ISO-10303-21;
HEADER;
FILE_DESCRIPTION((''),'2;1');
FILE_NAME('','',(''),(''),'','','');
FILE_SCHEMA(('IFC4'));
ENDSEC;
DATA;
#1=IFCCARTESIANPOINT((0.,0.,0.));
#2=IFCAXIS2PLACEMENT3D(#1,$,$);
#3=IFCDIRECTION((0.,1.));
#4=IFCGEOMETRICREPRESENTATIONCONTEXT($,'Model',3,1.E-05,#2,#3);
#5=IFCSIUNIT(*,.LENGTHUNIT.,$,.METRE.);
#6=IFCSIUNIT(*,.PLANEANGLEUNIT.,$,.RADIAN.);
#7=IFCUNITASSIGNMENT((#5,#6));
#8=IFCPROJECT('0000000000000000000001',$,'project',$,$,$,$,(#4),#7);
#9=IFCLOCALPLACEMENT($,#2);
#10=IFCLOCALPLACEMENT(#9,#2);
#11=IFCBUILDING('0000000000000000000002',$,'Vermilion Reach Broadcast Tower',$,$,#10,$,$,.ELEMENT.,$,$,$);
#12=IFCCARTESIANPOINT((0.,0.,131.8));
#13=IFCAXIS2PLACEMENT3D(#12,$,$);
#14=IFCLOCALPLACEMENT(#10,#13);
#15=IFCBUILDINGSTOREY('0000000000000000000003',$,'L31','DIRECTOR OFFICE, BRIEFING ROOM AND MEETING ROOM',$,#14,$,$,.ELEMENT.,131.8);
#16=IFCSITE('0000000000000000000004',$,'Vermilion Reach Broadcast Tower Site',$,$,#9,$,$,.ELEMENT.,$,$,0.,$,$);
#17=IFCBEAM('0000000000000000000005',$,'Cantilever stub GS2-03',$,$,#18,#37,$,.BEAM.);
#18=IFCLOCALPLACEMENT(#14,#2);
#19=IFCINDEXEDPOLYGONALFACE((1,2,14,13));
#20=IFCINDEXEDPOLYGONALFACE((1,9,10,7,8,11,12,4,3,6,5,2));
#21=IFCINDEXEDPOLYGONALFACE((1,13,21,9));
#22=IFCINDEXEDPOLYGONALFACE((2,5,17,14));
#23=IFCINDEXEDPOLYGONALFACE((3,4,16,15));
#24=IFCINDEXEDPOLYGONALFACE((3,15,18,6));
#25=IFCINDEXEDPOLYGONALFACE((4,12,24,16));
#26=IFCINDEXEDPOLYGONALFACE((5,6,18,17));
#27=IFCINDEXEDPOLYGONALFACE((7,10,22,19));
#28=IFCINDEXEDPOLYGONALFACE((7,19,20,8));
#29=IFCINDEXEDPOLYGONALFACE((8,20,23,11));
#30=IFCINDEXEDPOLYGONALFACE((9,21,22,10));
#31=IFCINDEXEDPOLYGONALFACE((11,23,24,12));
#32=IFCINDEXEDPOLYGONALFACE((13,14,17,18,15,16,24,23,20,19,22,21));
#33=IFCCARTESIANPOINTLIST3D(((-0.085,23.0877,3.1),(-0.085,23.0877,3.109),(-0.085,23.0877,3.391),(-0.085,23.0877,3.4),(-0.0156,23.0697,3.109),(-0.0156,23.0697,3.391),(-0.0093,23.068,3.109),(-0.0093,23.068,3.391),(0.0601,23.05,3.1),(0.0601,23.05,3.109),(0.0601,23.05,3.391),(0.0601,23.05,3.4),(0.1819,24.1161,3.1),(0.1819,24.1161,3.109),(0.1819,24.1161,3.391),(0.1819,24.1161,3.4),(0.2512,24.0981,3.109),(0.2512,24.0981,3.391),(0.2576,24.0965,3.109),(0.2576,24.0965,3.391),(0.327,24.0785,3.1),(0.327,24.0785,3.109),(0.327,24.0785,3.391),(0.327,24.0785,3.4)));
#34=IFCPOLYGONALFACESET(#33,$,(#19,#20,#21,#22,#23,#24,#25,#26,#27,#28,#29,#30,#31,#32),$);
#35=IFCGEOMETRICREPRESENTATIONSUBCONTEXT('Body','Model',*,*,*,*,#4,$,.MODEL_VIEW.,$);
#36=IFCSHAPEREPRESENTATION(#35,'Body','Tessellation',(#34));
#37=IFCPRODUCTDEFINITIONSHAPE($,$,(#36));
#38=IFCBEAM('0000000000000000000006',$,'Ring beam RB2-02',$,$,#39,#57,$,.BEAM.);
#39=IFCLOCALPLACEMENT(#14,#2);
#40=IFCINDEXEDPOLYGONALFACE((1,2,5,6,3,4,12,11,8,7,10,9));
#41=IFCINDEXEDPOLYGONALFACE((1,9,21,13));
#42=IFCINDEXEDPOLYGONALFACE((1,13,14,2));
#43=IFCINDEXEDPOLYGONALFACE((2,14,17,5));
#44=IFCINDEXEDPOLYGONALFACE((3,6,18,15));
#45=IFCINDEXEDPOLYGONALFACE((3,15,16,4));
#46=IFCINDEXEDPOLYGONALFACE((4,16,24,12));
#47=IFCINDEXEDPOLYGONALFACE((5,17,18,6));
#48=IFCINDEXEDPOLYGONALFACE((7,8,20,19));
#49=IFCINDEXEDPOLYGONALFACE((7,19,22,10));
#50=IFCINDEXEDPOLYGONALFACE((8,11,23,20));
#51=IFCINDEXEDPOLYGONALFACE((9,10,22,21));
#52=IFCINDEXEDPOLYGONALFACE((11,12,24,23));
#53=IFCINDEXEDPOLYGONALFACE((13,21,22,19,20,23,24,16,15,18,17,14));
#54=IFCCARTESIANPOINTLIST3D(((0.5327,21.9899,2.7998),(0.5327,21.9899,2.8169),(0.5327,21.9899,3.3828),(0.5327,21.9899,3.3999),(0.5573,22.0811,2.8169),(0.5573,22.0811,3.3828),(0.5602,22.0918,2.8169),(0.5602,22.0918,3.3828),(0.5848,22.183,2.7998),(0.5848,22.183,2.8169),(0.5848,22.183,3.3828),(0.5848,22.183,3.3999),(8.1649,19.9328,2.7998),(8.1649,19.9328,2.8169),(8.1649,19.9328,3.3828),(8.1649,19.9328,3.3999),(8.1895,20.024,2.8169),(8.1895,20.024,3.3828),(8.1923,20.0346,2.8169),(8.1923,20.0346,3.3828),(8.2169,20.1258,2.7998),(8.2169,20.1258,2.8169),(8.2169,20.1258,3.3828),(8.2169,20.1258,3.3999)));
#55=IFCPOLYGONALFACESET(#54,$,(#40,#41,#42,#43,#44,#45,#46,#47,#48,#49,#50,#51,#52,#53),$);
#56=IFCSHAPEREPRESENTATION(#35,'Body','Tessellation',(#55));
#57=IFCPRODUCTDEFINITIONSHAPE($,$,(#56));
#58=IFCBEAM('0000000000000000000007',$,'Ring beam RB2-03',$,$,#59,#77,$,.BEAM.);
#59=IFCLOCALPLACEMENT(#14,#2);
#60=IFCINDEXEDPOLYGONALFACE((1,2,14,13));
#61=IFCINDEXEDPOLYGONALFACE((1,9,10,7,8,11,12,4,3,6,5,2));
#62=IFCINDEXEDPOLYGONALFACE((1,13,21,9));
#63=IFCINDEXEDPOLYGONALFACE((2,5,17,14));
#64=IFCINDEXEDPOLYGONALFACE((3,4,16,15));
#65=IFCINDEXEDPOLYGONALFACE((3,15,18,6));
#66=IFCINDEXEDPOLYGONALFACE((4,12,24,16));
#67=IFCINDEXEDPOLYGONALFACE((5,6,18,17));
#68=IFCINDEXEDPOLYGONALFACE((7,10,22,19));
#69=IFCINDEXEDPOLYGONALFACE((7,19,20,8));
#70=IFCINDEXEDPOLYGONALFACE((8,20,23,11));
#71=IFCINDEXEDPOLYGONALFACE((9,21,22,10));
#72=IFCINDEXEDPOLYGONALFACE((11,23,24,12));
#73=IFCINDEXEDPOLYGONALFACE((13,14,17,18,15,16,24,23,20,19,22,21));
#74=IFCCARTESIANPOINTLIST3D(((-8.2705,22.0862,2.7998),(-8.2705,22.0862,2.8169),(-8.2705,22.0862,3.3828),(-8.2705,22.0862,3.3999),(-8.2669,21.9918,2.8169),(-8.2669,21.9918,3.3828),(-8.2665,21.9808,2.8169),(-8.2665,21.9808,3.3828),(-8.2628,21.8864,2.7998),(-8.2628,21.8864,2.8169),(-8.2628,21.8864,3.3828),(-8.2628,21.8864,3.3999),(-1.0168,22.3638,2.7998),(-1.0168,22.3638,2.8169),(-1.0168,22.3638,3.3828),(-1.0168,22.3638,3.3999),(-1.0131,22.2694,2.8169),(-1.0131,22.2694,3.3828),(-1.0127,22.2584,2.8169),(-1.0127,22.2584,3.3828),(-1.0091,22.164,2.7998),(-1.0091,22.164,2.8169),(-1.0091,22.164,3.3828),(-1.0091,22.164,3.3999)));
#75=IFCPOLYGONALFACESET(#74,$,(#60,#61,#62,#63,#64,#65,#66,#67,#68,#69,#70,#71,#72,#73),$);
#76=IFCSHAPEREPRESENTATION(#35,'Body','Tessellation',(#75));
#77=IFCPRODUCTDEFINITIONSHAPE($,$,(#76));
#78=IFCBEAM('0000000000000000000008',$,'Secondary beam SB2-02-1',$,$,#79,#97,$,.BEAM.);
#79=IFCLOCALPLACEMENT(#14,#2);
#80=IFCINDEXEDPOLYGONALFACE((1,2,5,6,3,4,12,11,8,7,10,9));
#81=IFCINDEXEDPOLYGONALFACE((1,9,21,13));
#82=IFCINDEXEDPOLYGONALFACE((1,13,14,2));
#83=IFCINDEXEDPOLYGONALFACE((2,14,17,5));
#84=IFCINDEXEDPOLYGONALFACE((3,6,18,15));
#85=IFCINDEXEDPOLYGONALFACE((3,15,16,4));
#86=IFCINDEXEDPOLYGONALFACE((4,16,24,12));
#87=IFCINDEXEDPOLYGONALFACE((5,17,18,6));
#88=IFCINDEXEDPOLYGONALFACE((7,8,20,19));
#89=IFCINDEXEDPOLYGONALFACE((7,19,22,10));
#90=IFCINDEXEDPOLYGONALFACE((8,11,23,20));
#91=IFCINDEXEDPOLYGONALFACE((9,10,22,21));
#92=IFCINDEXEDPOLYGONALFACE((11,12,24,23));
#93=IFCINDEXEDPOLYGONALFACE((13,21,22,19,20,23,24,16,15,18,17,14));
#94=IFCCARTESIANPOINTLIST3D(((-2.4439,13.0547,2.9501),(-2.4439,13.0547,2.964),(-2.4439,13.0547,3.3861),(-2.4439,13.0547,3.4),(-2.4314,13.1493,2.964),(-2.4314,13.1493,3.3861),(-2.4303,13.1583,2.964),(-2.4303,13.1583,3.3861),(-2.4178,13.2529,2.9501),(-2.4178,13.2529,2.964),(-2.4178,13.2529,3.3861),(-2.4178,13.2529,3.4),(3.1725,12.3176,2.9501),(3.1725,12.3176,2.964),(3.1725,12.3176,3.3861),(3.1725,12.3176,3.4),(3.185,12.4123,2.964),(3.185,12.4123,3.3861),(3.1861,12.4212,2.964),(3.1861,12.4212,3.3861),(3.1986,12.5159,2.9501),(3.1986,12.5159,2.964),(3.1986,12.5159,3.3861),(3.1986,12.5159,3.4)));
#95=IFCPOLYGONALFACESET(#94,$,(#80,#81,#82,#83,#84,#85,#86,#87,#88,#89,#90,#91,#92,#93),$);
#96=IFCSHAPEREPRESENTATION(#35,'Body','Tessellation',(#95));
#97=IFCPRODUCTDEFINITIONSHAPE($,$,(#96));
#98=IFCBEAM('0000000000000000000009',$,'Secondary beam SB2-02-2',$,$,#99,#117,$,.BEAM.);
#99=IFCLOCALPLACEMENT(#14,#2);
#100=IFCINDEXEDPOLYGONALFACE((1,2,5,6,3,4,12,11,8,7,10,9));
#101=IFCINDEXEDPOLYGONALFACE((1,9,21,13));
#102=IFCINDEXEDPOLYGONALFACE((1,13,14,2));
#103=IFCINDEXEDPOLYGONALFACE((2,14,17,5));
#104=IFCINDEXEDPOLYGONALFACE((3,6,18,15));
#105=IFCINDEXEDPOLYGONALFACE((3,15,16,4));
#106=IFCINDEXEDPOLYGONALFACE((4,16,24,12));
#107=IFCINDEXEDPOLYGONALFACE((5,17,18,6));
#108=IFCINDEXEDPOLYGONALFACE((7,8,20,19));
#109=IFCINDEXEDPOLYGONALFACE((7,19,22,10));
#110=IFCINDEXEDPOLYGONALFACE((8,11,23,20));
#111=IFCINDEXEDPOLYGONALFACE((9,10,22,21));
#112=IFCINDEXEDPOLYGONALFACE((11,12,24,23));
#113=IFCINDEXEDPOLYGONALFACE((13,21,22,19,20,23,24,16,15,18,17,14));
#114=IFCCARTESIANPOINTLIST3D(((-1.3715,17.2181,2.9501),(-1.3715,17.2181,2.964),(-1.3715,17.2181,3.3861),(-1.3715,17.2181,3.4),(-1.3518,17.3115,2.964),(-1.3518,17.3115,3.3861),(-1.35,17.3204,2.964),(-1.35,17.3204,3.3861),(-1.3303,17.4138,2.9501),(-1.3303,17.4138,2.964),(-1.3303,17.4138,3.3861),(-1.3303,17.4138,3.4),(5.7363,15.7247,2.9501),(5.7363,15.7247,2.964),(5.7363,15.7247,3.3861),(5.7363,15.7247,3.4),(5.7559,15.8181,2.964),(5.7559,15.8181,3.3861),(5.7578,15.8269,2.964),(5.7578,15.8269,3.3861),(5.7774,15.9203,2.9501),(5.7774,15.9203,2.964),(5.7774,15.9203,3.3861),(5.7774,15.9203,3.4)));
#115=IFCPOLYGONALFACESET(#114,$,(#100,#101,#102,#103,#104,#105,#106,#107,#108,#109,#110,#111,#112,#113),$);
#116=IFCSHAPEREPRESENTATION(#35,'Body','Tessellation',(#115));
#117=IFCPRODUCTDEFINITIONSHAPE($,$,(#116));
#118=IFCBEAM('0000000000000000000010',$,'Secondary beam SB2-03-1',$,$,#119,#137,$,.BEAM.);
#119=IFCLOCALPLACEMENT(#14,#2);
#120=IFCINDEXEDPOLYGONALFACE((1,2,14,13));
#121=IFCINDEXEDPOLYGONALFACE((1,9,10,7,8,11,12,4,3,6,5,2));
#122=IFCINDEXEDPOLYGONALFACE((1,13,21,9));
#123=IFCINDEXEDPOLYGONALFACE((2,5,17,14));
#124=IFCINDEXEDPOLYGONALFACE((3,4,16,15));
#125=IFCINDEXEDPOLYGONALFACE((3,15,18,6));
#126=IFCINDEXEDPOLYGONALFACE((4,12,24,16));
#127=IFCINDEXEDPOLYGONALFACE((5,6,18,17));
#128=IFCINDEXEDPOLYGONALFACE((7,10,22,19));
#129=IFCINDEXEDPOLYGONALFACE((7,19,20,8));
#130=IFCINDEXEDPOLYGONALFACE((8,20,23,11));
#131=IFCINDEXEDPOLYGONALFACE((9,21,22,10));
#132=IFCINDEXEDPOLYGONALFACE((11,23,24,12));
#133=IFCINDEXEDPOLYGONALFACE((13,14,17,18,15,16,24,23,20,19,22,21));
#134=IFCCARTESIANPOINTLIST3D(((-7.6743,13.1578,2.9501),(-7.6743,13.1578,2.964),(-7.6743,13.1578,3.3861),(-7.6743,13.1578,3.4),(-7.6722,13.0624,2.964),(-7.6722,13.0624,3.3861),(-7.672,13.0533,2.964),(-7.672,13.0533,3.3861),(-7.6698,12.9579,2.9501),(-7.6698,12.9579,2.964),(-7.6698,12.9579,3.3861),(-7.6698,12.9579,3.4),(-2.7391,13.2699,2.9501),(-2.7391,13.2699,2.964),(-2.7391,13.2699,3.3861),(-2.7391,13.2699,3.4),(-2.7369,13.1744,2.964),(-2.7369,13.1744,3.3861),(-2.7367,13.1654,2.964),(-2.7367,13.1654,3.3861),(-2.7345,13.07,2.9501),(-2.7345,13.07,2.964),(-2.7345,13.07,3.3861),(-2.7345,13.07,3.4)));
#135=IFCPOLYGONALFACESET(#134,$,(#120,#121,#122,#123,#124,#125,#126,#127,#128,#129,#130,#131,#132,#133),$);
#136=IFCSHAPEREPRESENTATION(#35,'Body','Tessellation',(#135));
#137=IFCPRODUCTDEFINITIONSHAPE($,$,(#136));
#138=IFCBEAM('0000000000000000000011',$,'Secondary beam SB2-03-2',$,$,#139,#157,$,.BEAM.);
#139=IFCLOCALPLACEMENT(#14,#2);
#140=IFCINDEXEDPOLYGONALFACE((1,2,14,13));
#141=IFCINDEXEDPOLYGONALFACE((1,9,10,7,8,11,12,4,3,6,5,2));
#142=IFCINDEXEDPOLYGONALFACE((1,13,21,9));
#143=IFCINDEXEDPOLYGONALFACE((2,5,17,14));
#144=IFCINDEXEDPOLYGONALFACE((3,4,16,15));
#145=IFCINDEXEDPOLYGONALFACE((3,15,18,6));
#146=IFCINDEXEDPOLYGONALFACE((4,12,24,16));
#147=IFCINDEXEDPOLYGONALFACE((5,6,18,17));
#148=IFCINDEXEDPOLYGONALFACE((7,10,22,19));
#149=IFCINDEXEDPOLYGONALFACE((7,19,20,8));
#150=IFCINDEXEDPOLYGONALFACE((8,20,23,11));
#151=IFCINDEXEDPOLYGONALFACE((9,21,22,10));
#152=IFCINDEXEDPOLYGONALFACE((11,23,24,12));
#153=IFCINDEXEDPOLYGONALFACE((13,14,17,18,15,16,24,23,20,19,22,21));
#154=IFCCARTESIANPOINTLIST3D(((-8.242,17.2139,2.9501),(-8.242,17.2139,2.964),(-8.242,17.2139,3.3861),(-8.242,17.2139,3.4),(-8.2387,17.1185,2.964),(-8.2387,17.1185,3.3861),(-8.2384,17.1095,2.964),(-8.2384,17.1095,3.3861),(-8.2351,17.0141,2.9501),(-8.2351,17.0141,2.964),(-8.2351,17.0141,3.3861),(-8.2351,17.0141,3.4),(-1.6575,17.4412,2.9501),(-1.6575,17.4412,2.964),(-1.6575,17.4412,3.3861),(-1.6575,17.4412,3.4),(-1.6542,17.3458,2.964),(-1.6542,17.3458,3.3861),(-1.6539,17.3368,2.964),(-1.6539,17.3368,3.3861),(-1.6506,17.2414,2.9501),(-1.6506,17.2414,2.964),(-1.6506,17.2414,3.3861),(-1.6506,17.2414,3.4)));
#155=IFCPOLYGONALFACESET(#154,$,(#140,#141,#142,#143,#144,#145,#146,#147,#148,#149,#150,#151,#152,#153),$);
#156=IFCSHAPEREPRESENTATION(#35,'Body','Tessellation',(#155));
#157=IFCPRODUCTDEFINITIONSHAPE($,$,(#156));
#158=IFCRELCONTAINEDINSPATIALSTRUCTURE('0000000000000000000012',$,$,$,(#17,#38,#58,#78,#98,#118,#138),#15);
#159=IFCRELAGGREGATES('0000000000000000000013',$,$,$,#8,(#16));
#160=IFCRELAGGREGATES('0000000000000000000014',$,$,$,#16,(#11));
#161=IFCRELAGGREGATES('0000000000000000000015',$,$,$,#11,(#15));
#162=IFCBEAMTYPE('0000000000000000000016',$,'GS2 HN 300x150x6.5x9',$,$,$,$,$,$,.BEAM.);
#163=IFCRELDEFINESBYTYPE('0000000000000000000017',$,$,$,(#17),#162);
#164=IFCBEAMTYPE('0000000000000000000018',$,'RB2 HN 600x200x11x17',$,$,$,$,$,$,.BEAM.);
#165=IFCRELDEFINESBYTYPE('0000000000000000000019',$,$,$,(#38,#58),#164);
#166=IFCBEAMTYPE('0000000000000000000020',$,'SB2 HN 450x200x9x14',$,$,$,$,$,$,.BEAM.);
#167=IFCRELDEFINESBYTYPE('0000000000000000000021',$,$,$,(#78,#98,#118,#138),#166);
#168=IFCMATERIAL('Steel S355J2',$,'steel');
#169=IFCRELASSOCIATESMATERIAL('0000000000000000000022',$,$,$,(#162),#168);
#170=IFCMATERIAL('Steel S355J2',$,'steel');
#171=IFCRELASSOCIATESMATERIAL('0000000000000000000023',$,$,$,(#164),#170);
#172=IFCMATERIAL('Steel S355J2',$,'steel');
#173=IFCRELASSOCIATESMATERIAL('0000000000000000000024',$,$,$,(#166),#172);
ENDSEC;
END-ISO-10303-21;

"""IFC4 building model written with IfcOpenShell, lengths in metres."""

from ifc_helpers import new_model, si_unit, direction, frame, origin, origin_2d, place, context, subcontext, project, spatial, i_section, extrude, material, material_profile, profile_set, type_object, element, save


model = new_model("IFC4")

# Units and contexts
model_context = context("Model", 3, precision=1e-05, world=origin(), true_north=direction((0.0, 1.0)))
body_context = subcontext(model_context, "Body", "Model", "MODEL_VIEW")
ifc_project = project(units=[si_unit("LENGTHUNIT", "METRE"), si_unit("PLANEANGLEUNIT", "RADIAN")], contexts=[model_context])

# Site, building, storey
site_placement = place(None, origin())
site = spatial("IfcSite", under=ifc_project, at=site_placement, Name="Vermilion Reach Broadcast Tower Site", CompositionType="ELEMENT", RefElevation=0.0)
building_placement = place(site_placement, origin())
building = spatial("IfcBuilding", under=site, at=building_placement, Name="Vermilion Reach Broadcast Tower", CompositionType="ELEMENT")
storey_placement = place(building_placement, frame((0.0, 0.0, 131.8)))
storey = spatial("IfcBuildingStorey", under=building, at=storey_placement, Name="L31", Description="DIRECTOR OFFICE, BRIEFING ROOM AND MEETING ROOM", CompositionType="ELEMENT", Elevation=131.8)

# Beams
ifc_material_1 = material(Name="Steel S355J2", Category="steel")
ifc_material_profile_1 = material_profile(ifc_material_1, i_section(OverallWidth=0.1499, OverallDepth=0.3, WebThickness=0.0066, FlangeThickness=0.009, at=origin_2d()), Name="S355J2 HN 300x150x6.5x9")
ifc_profile_set_1 = profile_set([ifc_material_profile_1], Name="Steel S355J2")
beam_type_1 = type_object("IfcBeamType", Name="GS2 HN 300x150x6.5x9", PredefinedType="BEAM", material=ifc_profile_set_1)
beam_1_placement = place(storey_placement, frame((-0.0125, 23.0688, 3.25), z_axis=(0.251177, 0.967941, 0.0), x_axis=(-0.967941, 0.251177, 0.0)))
element("IfcBeam", 1, at=beam_1_placement, inside=storey, type_object=beam_type_1, Name="Cantilever stub GS2-03", PredefinedType="BEAM", context=body_context, shape_type="SweptSolid", body=[
    extrude(i_section(OverallWidth=0.1499, OverallDepth=0.3, WebThickness=0.0066, FlangeThickness=0.009, at=origin_2d()), origin(), (0.0, 0.0, 1.0), 1.0625),
])
ifc_material_2 = material(Name="Steel S355J2", Category="steel")
ifc_material_profile_2 = material_profile(ifc_material_2, i_section(OverallWidth=0.2, OverallDepth=0.6001, WebThickness=0.011, FlangeThickness=0.0171, at=origin_2d()), Name="S355J2 HN 600x200x11x17")
ifc_profile_set_2 = profile_set([ifc_material_profile_2], Name="Steel S355J2")
beam_type_2 = type_object("IfcBeamType", Name="RB2 HN 600x200x11x17", PredefinedType="BEAM", material=ifc_profile_set_2)
beam_2_placement = place(storey_placement, frame((8.1909, 20.0293, 3.0999), z_axis=(-0.965541, 0.260249, 0.0), x_axis=(-0.260249, -0.965541, 0.0)))
element("IfcBeam", 2, at=beam_2_placement, inside=storey, type_object=beam_type_2, Name="Ring beam RB2-02", PredefinedType="BEAM", context=body_context, shape_type="SweptSolid", body=[
    extrude(i_section(OverallWidth=0.2, OverallDepth=0.6001, WebThickness=0.011, FlangeThickness=0.0171, at=origin_2d()), origin(), (0.0, 0.0, 1.0), 7.9045),
])
beam_3_placement = place(storey_placement, frame((-1.0129, 22.2639, 3.0999), z_axis=(-0.999269, -0.038241, 0.0), x_axis=(0.038241, -0.999269, 0.0)))
element("IfcBeam", 3, at=beam_3_placement, inside=storey, type_object=beam_type_2, Name="Ring beam RB2-03", PredefinedType="BEAM", context=body_context, shape_type="SweptSolid", body=[
    extrude(i_section(OverallWidth=0.2, OverallDepth=0.6001, WebThickness=0.011, FlangeThickness=0.0171, at=origin_2d()), origin(), (0.0, 0.0, 1.0), 7.259),
])
ifc_material_3 = material(Name="Steel S355J2", Category="steel")
ifc_material_profile_3 = material_profile(ifc_material_3, i_section(OverallWidth=0.2, OverallDepth=0.45, WebThickness=0.009, FlangeThickness=0.0139, at=origin_2d()), Name="S355J2 HN 450x200x9x14")
ifc_profile_set_3 = profile_set([ifc_material_profile_3], Name="Steel S355J2")
beam_type_3 = type_object("IfcBeamType", Name="SB2 HN 450x200x9x14", PredefinedType="BEAM", material=ifc_profile_set_3)
beam_4_placement = place(storey_placement, frame((3.1855, 12.4167, 3.175), z_axis=(-0.991499, 0.130117, 0.0), x_axis=(-0.130117, -0.991499, 0.0)))
element("IfcBeam", 4, at=beam_4_placement, inside=storey, type_object=beam_type_3, Name="Secondary beam SB2-02-1", PredefinedType="BEAM", context=body_context, shape_type="SweptSolid", body=[
    extrude(i_section(OverallWidth=0.2, OverallDepth=0.45, WebThickness=0.009, FlangeThickness=0.0139, at=origin_2d()), origin(), (0.0, 0.0, 1.0), 5.6646),
])
beam_5_placement = place(storey_placement, frame((5.7568, 15.8225, 3.175), z_axis=(-0.978631, 0.205623, 0.0), x_axis=(-0.205623, -0.978631, 0.0)))
element("IfcBeam", 5, at=beam_5_placement, inside=storey, type_object=beam_type_3, Name="Secondary beam SB2-02-2", PredefinedType="BEAM", context=body_context, shape_type="SweptSolid", body=[
    extrude(i_section(OverallWidth=0.2, OverallDepth=0.45, WebThickness=0.009, FlangeThickness=0.0139, at=origin_2d()), origin(), (0.0, 0.0, 1.0), 7.2629),
])
beam_6_placement = place(storey_placement, frame((-2.7368, 13.1699, 3.175), z_axis=(-0.999742, -0.0227, 0.0), x_axis=(0.0227, -0.999742, 0.0)))
element("IfcBeam", 6, at=beam_6_placement, inside=storey, type_object=beam_type_3, Name="Secondary beam SB2-03-1", PredefinedType="BEAM", context=body_context, shape_type="SweptSolid", body=[
    extrude(i_section(OverallWidth=0.2, OverallDepth=0.45, WebThickness=0.009, FlangeThickness=0.0139, at=origin_2d()), origin(), (0.0, 0.0, 1.0), 4.9365),
])
beam_7_placement = place(storey_placement, frame((-1.6541, 17.3413, 3.175), z_axis=(-0.999405, -0.034499, 0.0), x_axis=(0.034499, -0.999405, 0.0)))
element("IfcBeam", 7, at=beam_7_placement, inside=storey, type_object=beam_type_3, Name="Secondary beam SB2-03-2", PredefinedType="BEAM", context=body_context, shape_type="SweptSolid", body=[
    extrude(i_section(OverallWidth=0.2, OverallDepth=0.45, WebThickness=0.009, FlangeThickness=0.0139, at=origin_2d()), origin(), (0.0, 0.0, 1.0), 6.5884),
])

save(model, "model.ifc")
